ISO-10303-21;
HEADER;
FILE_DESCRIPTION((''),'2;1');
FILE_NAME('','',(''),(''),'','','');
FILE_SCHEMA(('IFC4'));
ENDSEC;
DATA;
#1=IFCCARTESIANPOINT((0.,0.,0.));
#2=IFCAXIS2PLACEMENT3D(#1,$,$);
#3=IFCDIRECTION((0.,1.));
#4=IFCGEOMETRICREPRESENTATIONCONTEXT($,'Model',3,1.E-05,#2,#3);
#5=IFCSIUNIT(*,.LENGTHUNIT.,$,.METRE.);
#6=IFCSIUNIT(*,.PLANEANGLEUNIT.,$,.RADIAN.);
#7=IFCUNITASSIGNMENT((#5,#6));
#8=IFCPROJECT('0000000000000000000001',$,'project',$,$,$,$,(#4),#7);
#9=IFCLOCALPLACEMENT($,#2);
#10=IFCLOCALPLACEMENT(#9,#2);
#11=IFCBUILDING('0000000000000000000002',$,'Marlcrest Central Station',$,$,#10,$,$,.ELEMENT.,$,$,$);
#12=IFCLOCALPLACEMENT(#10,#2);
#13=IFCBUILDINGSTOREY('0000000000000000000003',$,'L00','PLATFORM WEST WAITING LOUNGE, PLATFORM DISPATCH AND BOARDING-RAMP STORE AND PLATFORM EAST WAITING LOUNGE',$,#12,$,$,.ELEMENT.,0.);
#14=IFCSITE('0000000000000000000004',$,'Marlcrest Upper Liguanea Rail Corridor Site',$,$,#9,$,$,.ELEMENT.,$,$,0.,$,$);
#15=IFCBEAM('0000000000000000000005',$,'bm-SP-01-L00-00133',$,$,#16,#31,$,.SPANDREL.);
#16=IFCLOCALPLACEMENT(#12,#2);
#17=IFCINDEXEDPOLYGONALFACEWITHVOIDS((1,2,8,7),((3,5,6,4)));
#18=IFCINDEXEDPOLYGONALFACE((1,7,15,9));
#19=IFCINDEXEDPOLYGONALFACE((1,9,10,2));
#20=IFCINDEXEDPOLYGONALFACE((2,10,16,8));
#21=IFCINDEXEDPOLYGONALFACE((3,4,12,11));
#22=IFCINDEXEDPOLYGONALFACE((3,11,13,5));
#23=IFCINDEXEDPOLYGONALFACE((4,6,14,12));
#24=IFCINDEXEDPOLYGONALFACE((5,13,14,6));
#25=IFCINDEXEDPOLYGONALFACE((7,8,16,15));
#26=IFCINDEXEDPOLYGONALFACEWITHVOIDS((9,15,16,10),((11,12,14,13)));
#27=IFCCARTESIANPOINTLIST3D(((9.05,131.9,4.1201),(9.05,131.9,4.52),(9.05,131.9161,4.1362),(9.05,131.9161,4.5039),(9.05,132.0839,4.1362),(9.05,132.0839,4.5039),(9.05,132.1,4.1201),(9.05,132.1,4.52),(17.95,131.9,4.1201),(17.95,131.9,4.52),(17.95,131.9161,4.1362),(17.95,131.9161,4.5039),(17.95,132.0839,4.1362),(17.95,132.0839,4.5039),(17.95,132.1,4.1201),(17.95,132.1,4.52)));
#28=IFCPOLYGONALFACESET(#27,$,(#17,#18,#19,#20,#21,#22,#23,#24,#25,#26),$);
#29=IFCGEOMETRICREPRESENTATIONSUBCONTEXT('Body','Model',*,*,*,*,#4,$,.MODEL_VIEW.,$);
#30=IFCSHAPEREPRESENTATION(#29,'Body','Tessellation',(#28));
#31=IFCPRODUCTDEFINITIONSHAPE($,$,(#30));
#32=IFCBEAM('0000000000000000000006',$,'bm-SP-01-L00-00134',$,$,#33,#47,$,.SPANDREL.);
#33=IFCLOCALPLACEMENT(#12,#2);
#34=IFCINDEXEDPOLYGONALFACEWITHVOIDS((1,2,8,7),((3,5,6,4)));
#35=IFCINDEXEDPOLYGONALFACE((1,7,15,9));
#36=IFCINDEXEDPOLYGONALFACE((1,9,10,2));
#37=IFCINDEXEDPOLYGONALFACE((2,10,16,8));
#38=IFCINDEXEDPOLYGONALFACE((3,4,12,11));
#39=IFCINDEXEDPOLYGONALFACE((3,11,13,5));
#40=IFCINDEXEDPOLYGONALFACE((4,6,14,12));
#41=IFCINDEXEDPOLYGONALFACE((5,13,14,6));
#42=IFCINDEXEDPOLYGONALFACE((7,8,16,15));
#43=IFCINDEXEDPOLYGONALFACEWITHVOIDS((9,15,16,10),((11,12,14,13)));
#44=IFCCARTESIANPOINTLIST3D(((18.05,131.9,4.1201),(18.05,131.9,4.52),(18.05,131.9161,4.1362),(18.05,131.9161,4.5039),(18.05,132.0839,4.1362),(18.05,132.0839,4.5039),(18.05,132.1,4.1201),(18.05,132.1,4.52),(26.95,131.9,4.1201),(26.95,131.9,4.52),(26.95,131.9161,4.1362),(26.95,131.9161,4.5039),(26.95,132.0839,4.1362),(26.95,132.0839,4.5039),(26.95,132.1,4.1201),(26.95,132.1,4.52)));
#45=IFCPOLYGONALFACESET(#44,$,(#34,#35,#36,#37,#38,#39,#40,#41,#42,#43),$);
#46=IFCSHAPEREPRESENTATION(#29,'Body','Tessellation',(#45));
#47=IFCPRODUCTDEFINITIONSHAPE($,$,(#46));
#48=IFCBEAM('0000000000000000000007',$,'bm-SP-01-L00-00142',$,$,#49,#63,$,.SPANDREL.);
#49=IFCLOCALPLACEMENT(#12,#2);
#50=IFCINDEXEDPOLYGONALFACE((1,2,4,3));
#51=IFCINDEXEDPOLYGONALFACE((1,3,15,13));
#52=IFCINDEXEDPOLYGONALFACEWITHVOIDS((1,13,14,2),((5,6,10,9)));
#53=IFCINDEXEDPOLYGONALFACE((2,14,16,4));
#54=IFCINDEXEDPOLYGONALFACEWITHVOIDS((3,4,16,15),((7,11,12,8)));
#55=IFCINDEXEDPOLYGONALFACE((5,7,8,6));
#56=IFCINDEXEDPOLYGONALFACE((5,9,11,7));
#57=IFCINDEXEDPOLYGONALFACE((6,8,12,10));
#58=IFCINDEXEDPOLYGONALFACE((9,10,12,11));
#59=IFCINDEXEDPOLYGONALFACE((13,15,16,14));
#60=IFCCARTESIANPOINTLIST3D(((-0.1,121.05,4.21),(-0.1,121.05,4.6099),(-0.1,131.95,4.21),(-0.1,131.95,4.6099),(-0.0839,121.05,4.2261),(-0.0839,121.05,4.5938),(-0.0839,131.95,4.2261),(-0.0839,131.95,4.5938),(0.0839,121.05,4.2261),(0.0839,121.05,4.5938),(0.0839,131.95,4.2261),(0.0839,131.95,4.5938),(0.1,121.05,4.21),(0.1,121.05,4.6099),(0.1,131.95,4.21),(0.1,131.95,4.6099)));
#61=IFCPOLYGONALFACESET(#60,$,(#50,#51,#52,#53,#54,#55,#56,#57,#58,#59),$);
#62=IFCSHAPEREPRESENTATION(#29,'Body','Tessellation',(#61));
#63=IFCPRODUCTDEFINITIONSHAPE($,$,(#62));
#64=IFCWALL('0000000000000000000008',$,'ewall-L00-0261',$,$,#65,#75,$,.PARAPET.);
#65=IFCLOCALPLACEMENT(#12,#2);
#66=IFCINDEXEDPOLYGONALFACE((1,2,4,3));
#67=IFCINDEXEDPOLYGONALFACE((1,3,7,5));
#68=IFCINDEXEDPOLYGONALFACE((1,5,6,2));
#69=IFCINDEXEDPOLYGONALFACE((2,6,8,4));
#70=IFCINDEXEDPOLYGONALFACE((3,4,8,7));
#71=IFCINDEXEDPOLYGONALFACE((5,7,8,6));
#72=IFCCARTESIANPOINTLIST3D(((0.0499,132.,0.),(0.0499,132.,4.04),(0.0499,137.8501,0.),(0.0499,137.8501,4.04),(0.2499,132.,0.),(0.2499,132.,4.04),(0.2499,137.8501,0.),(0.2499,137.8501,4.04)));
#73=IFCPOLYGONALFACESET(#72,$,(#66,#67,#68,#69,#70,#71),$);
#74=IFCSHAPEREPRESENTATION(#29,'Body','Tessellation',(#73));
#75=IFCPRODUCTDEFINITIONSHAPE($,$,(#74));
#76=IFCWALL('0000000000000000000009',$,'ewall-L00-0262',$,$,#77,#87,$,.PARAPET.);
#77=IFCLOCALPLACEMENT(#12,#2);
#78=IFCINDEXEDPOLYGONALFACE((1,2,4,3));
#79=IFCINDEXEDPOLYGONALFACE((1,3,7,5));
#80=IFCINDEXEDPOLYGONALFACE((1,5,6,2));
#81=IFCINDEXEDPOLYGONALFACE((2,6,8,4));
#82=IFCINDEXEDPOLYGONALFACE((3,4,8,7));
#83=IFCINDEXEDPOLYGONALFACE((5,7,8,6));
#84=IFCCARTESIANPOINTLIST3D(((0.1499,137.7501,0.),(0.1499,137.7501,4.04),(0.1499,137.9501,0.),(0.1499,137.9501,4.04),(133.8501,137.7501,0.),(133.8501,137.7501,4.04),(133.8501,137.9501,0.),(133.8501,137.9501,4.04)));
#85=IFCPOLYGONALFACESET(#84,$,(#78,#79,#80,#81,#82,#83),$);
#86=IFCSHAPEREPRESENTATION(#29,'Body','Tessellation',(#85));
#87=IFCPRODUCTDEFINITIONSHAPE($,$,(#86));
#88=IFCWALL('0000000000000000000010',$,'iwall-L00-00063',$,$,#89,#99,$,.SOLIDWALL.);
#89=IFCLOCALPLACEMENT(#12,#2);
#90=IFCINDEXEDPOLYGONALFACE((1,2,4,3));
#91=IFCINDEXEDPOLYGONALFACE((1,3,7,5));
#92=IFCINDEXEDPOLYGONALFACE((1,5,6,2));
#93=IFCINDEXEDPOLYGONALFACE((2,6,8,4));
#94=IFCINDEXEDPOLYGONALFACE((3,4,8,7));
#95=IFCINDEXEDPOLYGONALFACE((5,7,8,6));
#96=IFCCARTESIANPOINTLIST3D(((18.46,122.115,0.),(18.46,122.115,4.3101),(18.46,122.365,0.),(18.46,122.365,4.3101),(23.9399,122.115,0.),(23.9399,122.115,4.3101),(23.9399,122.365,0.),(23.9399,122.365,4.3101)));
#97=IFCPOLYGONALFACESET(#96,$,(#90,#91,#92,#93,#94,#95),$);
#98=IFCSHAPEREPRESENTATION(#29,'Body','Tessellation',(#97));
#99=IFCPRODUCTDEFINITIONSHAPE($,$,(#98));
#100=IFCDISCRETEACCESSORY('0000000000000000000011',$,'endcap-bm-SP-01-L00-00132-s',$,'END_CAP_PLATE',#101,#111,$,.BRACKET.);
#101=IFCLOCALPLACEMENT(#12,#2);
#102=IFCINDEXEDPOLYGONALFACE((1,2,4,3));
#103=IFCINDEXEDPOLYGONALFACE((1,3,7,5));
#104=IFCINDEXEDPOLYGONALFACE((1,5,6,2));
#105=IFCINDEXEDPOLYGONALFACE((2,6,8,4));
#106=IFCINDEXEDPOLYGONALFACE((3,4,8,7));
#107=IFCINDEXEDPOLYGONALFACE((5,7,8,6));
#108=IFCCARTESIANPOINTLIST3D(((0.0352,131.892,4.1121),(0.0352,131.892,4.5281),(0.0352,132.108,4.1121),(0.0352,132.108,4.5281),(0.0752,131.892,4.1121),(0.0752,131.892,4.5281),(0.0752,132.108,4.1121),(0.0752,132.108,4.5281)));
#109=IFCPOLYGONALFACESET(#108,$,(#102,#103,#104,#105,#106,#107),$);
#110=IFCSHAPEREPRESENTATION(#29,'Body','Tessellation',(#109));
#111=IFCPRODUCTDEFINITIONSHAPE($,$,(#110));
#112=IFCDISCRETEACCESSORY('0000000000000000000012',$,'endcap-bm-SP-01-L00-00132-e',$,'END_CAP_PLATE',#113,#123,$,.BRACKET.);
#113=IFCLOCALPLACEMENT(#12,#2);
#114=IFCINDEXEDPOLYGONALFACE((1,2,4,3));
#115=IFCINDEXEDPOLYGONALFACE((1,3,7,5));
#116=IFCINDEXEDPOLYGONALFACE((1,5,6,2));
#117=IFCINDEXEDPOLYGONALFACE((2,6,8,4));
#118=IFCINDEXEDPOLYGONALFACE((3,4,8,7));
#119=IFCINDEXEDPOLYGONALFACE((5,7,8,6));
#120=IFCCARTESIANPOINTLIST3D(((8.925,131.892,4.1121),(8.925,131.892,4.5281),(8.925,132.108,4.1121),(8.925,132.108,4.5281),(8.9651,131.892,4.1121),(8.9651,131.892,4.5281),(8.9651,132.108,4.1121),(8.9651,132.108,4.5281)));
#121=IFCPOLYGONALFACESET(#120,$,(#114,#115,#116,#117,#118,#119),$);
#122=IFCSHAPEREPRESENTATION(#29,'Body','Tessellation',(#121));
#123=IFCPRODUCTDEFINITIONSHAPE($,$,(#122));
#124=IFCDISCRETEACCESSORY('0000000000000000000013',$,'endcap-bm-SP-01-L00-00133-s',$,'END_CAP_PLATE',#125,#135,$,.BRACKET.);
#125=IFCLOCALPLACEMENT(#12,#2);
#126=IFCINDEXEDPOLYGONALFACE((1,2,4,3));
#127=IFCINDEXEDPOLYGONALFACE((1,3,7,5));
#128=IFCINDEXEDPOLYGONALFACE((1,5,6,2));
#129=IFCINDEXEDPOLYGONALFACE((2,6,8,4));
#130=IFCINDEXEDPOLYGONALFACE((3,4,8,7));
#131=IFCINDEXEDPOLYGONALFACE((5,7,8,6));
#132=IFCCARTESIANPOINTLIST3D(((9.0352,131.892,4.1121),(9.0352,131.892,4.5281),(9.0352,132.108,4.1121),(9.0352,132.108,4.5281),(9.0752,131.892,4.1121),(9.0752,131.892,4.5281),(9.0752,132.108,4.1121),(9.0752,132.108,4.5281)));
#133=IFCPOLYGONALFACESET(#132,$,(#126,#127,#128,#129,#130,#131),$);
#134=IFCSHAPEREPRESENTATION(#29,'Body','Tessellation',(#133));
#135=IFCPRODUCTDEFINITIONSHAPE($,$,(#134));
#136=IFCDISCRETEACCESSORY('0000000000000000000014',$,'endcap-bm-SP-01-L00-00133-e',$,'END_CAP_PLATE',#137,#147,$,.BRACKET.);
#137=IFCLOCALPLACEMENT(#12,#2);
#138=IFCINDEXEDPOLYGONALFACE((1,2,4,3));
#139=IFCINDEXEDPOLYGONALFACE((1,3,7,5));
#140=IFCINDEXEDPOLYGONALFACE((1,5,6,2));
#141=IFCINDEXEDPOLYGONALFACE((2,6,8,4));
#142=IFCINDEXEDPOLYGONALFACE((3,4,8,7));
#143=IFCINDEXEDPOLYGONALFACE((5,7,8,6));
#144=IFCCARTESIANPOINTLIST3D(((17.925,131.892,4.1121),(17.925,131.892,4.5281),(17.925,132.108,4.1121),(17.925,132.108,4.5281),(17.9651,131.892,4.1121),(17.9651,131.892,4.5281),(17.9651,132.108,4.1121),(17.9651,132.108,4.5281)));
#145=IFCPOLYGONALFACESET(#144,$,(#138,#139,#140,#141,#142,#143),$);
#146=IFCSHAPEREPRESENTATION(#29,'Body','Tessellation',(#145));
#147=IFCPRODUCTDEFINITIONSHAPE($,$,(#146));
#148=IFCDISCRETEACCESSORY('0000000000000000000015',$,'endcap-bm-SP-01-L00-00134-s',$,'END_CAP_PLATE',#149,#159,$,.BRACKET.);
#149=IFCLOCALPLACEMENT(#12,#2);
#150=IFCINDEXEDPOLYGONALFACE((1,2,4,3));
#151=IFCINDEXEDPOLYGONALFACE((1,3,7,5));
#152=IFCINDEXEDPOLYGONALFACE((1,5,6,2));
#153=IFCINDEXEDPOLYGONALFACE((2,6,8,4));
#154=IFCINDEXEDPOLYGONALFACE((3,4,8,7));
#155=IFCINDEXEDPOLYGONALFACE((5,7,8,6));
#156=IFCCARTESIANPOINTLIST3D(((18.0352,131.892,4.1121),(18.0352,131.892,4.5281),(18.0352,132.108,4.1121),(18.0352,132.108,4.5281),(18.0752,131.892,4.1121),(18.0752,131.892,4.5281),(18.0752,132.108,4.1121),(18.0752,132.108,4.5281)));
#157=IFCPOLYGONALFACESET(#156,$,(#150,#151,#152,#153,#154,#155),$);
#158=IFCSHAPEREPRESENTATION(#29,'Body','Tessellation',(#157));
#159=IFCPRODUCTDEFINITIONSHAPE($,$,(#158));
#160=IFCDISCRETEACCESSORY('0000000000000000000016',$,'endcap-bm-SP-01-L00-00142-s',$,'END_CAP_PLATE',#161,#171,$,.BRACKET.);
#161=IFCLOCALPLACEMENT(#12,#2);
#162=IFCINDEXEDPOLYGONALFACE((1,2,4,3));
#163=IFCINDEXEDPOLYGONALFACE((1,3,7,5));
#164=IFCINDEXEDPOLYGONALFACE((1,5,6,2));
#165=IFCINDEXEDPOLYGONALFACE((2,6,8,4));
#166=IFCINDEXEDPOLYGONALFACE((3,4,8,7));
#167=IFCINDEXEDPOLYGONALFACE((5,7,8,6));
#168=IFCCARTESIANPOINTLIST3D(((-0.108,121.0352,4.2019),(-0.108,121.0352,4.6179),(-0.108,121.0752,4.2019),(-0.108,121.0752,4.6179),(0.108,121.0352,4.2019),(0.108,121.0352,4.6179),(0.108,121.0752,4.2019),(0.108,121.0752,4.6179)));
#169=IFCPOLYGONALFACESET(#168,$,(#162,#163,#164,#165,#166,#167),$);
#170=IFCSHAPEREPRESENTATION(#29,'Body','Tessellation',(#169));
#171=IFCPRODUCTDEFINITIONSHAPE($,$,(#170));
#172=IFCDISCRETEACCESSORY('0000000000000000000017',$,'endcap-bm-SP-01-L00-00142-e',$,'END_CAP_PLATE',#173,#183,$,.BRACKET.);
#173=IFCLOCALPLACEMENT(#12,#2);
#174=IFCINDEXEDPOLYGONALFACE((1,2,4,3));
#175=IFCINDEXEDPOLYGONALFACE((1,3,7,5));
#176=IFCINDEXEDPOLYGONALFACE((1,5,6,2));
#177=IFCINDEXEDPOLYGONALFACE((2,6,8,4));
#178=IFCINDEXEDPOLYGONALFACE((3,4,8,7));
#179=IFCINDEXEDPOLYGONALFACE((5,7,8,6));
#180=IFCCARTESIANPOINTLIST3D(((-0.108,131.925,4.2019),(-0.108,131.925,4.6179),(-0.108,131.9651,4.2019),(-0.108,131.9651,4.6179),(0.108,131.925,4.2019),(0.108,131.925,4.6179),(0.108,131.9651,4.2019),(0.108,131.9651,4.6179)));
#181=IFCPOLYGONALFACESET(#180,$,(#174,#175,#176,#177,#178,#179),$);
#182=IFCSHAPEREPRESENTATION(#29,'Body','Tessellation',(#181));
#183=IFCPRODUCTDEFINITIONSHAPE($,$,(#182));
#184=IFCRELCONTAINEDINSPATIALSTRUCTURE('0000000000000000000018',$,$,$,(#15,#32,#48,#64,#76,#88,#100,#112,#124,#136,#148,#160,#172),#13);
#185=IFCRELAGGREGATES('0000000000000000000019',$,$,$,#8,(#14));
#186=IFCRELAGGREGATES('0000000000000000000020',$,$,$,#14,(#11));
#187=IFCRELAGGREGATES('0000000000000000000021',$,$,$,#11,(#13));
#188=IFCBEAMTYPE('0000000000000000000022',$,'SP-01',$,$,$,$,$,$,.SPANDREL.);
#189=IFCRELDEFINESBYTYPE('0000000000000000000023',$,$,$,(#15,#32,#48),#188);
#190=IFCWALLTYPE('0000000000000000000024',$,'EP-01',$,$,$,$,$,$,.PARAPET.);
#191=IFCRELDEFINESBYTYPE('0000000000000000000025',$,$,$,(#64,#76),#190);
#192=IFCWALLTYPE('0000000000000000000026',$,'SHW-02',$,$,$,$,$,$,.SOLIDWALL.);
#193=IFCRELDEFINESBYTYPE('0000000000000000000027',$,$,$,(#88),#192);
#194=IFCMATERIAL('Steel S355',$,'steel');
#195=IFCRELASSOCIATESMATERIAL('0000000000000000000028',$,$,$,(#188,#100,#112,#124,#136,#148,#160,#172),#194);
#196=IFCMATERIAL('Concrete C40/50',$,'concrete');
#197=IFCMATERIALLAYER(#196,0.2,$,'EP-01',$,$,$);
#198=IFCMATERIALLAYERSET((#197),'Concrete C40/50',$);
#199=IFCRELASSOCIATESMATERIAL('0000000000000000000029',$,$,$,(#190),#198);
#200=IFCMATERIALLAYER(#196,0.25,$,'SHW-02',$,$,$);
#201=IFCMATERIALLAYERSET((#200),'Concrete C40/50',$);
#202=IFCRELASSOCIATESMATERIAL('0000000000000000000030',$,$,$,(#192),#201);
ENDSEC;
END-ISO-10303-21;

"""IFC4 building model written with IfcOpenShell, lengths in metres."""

from ifc_helpers import new_model, si_unit, direction, frame, frame_2d, origin, origin_2d, place, context, subcontext, project, spatial, rectangle, hollow_rectangle, extrude, material, layer, layer_set, material_profile, profile_set, type_object, element, save


model = new_model("IFC4")

# Units and contexts
model_context = context("Model", 3, precision=1e-05, world=origin(), true_north=direction((0.0, 1.0)))
body_context = subcontext(model_context, "Body", "Model", "MODEL_VIEW")
ifc_project = project(units=[si_unit("LENGTHUNIT", "METRE"), si_unit("PLANEANGLEUNIT", "RADIAN")], contexts=[model_context])

# Site, building, storey
site_placement = place(None, origin())
site = spatial("IfcSite", under=ifc_project, at=site_placement, Name="Marlcrest Upper Liguanea Rail Corridor Site", CompositionType="ELEMENT", RefElevation=0.0)
building_placement = place(site_placement, origin())
building = spatial("IfcBuilding", under=site, at=building_placement, Name="Marlcrest Central Station", CompositionType="ELEMENT")
storey_placement = place(building_placement, origin())
storey = spatial("IfcBuildingStorey", under=building, at=storey_placement, Name="L00", Description="PLATFORM WEST WAITING LOUNGE, PLATFORM DISPATCH AND BOARDING-RAMP STORE AND PLATFORM EAST WAITING LOUNGE", CompositionType="ELEMENT", Elevation=0.0)

# Shared definitions
ifc_material_1 = material(Name="Concrete C40/50", Category="concrete")

# Shared definitions
ifc_material_2 = material(Name="Steel S355", Category="steel")

# Beams
ifc_material_profile_1 = material_profile(ifc_material_2, hollow_rectangle(XDim=0.2, YDim=0.3999, WallThickness=0.0161, at=origin_2d()), Name="RHS 400x200x16")
ifc_profile_set_1 = profile_set([ifc_material_profile_1], Name="Steel S355")
beam_type_1 = type_object("IfcBeamType", Name="SP-01", PredefinedType="SPANDREL", material=ifc_profile_set_1)
for number, where, z_axis, x_axis, name in (
    (1, (9.05, 132.0, 4.3201), (1.0, 0.0, 0.0), (0.0, 1.0, 0.0), "bm-SP-01-L00-00133"),
    (2, (18.05, 132.0, 4.3201), (1.0, 0.0, 0.0), (0.0, 1.0, 0.0), "bm-SP-01-L00-00134"),
):
    element("IfcBeam", number, at=place(storey_placement, frame(where, z_axis=z_axis, x_axis=x_axis)), inside=storey, type_object=beam_type_1, Name=name, PredefinedType="SPANDREL", context=body_context, shape_type="SweptSolid", body=[
        extrude(hollow_rectangle(XDim=0.2, YDim=0.3999, WallThickness=0.0161, at=origin_2d()), origin(), (0.0, 0.0, 1.0), 8.8999),
    ])
beam_placement = place(storey_placement, frame((0.0, 121.05, 4.4099), z_axis=(0.0, 1.0, 0.0), x_axis=(-1.0, 0.0, 0.0)))
element("IfcBeam", 3, at=beam_placement, inside=storey, type_object=beam_type_1, Name="bm-SP-01-L00-00142", PredefinedType="SPANDREL", context=body_context, shape_type="SweptSolid", body=[
    extrude(hollow_rectangle(XDim=0.2, YDim=0.3999, WallThickness=0.0161, at=origin_2d()), origin(), (0.0, 0.0, 1.0), 10.8999),
])

# Walls
ifc_layer_1 = layer(ifc_material_1, 0.2, Name="EP-01")
ifc_layer_set_1 = layer_set([ifc_layer_1], Name="Concrete C40/50")
wall_type_1 = type_object("IfcWallType", Name="EP-01", PredefinedType="PARAPET", material=ifc_layer_set_1)
wall_1_placement = place(storey_placement, frame((0.1499, 132.0, 0.0), z_axis=(0.0, 0.0, 1.0), x_axis=(0.0, 1.0, 0.0)))
element("IfcWall", 4, at=wall_1_placement, inside=storey, type_object=wall_type_1, Name="ewall-L00-0261", PredefinedType="PARAPET", context=body_context, shape_type="SweptSolid", body=[
    extrude(rectangle(XDim=5.8501, YDim=0.2, at=frame_2d((2.925, 0.0))), origin(), (0.0, 0.0, 1.0), 4.04),
])
wall_2_placement = place(storey_placement, frame((0.1499, 137.8501, 0.0), z_axis=(0.0, 0.0, 1.0), x_axis=(1.0, 0.0, 0.0)))
element("IfcWall", 5, at=wall_2_placement, inside=storey, type_object=wall_type_1, Name="ewall-L00-0262", PredefinedType="PARAPET", context=body_context, shape_type="SweptSolid", body=[
    extrude(rectangle(XDim=133.7002, YDim=0.2, at=frame_2d((66.8501, 0.0))), origin(), (0.0, 0.0, 1.0), 4.04),
])

# Wall
ifc_layer_2 = layer(ifc_material_1, 0.25, Name="SHW-02")
ifc_layer_set_2 = layer_set([ifc_layer_2], Name="Concrete C40/50")
wall_type_2 = type_object("IfcWallType", Name="SHW-02", PredefinedType="SOLIDWALL", material=ifc_layer_set_2)
wall_3_placement = place(storey_placement, frame((18.46, 122.24, 0.0), z_axis=(0.0, 0.0, 1.0), x_axis=(1.0, 0.0, 0.0)))
element("IfcWall", 6, at=wall_3_placement, inside=storey, type_object=wall_type_2, Name="iwall-L00-00063", PredefinedType="SOLIDWALL", context=body_context, shape_type="SweptSolid", body=[
    extrude(rectangle(XDim=5.48, YDim=0.25, at=frame_2d((2.74, 0.0))), origin(), (0.0, 0.0, 1.0), 4.3101),
])

# Discrete accessories
for number, where, z_axis, x_axis, name in (
    (7, (0.0352, 132.0, 4.3201), (1.0, 0.0, 0.0), (0.0, 1.0, 0.0), "endcap-bm-SP-01-L00-00132-s"),
    (8, (8.925, 132.0, 4.3201), (1.0, 0.0, 0.0), (0.0, 1.0, 0.0), "endcap-bm-SP-01-L00-00132-e"),
    (9, (9.0352, 132.0, 4.3201), (1.0, 0.0, 0.0), (0.0, 1.0, 0.0), "endcap-bm-SP-01-L00-00133-s"),
    (10, (17.925, 132.0, 4.3201), (1.0, 0.0, 0.0), (0.0, 1.0, 0.0), "endcap-bm-SP-01-L00-00133-e"),
    (11, (18.0352, 132.0, 4.3201), (1.0, 0.0, 0.0), (0.0, 1.0, 0.0), "endcap-bm-SP-01-L00-00134-s"),
    (12, (0.0, 121.0352, 4.4099), (0.0, 1.0, 0.0), (-1.0, 0.0, 0.0), "endcap-bm-SP-01-L00-00142-s"),
    (13, (0.0, 131.925, 4.4099), (0.0, 1.0, 0.0), (-1.0, 0.0, 0.0), "endcap-bm-SP-01-L00-00142-e"),
):
    element("IfcDiscreteAccessory", number, at=place(storey_placement, frame(where, z_axis=z_axis, x_axis=x_axis)), inside=storey, material=ifc_material_2, Name=name, ObjectType="END_CAP_PLATE", PredefinedType="BRACKET", context=body_context, shape_type="SweptSolid", body=[
        extrude(rectangle(XDim=0.2161, YDim=0.416, at=origin_2d()), origin(), (0.0, 0.0, 1.0), 0.04),
    ])

save(model, "model.ifc")
